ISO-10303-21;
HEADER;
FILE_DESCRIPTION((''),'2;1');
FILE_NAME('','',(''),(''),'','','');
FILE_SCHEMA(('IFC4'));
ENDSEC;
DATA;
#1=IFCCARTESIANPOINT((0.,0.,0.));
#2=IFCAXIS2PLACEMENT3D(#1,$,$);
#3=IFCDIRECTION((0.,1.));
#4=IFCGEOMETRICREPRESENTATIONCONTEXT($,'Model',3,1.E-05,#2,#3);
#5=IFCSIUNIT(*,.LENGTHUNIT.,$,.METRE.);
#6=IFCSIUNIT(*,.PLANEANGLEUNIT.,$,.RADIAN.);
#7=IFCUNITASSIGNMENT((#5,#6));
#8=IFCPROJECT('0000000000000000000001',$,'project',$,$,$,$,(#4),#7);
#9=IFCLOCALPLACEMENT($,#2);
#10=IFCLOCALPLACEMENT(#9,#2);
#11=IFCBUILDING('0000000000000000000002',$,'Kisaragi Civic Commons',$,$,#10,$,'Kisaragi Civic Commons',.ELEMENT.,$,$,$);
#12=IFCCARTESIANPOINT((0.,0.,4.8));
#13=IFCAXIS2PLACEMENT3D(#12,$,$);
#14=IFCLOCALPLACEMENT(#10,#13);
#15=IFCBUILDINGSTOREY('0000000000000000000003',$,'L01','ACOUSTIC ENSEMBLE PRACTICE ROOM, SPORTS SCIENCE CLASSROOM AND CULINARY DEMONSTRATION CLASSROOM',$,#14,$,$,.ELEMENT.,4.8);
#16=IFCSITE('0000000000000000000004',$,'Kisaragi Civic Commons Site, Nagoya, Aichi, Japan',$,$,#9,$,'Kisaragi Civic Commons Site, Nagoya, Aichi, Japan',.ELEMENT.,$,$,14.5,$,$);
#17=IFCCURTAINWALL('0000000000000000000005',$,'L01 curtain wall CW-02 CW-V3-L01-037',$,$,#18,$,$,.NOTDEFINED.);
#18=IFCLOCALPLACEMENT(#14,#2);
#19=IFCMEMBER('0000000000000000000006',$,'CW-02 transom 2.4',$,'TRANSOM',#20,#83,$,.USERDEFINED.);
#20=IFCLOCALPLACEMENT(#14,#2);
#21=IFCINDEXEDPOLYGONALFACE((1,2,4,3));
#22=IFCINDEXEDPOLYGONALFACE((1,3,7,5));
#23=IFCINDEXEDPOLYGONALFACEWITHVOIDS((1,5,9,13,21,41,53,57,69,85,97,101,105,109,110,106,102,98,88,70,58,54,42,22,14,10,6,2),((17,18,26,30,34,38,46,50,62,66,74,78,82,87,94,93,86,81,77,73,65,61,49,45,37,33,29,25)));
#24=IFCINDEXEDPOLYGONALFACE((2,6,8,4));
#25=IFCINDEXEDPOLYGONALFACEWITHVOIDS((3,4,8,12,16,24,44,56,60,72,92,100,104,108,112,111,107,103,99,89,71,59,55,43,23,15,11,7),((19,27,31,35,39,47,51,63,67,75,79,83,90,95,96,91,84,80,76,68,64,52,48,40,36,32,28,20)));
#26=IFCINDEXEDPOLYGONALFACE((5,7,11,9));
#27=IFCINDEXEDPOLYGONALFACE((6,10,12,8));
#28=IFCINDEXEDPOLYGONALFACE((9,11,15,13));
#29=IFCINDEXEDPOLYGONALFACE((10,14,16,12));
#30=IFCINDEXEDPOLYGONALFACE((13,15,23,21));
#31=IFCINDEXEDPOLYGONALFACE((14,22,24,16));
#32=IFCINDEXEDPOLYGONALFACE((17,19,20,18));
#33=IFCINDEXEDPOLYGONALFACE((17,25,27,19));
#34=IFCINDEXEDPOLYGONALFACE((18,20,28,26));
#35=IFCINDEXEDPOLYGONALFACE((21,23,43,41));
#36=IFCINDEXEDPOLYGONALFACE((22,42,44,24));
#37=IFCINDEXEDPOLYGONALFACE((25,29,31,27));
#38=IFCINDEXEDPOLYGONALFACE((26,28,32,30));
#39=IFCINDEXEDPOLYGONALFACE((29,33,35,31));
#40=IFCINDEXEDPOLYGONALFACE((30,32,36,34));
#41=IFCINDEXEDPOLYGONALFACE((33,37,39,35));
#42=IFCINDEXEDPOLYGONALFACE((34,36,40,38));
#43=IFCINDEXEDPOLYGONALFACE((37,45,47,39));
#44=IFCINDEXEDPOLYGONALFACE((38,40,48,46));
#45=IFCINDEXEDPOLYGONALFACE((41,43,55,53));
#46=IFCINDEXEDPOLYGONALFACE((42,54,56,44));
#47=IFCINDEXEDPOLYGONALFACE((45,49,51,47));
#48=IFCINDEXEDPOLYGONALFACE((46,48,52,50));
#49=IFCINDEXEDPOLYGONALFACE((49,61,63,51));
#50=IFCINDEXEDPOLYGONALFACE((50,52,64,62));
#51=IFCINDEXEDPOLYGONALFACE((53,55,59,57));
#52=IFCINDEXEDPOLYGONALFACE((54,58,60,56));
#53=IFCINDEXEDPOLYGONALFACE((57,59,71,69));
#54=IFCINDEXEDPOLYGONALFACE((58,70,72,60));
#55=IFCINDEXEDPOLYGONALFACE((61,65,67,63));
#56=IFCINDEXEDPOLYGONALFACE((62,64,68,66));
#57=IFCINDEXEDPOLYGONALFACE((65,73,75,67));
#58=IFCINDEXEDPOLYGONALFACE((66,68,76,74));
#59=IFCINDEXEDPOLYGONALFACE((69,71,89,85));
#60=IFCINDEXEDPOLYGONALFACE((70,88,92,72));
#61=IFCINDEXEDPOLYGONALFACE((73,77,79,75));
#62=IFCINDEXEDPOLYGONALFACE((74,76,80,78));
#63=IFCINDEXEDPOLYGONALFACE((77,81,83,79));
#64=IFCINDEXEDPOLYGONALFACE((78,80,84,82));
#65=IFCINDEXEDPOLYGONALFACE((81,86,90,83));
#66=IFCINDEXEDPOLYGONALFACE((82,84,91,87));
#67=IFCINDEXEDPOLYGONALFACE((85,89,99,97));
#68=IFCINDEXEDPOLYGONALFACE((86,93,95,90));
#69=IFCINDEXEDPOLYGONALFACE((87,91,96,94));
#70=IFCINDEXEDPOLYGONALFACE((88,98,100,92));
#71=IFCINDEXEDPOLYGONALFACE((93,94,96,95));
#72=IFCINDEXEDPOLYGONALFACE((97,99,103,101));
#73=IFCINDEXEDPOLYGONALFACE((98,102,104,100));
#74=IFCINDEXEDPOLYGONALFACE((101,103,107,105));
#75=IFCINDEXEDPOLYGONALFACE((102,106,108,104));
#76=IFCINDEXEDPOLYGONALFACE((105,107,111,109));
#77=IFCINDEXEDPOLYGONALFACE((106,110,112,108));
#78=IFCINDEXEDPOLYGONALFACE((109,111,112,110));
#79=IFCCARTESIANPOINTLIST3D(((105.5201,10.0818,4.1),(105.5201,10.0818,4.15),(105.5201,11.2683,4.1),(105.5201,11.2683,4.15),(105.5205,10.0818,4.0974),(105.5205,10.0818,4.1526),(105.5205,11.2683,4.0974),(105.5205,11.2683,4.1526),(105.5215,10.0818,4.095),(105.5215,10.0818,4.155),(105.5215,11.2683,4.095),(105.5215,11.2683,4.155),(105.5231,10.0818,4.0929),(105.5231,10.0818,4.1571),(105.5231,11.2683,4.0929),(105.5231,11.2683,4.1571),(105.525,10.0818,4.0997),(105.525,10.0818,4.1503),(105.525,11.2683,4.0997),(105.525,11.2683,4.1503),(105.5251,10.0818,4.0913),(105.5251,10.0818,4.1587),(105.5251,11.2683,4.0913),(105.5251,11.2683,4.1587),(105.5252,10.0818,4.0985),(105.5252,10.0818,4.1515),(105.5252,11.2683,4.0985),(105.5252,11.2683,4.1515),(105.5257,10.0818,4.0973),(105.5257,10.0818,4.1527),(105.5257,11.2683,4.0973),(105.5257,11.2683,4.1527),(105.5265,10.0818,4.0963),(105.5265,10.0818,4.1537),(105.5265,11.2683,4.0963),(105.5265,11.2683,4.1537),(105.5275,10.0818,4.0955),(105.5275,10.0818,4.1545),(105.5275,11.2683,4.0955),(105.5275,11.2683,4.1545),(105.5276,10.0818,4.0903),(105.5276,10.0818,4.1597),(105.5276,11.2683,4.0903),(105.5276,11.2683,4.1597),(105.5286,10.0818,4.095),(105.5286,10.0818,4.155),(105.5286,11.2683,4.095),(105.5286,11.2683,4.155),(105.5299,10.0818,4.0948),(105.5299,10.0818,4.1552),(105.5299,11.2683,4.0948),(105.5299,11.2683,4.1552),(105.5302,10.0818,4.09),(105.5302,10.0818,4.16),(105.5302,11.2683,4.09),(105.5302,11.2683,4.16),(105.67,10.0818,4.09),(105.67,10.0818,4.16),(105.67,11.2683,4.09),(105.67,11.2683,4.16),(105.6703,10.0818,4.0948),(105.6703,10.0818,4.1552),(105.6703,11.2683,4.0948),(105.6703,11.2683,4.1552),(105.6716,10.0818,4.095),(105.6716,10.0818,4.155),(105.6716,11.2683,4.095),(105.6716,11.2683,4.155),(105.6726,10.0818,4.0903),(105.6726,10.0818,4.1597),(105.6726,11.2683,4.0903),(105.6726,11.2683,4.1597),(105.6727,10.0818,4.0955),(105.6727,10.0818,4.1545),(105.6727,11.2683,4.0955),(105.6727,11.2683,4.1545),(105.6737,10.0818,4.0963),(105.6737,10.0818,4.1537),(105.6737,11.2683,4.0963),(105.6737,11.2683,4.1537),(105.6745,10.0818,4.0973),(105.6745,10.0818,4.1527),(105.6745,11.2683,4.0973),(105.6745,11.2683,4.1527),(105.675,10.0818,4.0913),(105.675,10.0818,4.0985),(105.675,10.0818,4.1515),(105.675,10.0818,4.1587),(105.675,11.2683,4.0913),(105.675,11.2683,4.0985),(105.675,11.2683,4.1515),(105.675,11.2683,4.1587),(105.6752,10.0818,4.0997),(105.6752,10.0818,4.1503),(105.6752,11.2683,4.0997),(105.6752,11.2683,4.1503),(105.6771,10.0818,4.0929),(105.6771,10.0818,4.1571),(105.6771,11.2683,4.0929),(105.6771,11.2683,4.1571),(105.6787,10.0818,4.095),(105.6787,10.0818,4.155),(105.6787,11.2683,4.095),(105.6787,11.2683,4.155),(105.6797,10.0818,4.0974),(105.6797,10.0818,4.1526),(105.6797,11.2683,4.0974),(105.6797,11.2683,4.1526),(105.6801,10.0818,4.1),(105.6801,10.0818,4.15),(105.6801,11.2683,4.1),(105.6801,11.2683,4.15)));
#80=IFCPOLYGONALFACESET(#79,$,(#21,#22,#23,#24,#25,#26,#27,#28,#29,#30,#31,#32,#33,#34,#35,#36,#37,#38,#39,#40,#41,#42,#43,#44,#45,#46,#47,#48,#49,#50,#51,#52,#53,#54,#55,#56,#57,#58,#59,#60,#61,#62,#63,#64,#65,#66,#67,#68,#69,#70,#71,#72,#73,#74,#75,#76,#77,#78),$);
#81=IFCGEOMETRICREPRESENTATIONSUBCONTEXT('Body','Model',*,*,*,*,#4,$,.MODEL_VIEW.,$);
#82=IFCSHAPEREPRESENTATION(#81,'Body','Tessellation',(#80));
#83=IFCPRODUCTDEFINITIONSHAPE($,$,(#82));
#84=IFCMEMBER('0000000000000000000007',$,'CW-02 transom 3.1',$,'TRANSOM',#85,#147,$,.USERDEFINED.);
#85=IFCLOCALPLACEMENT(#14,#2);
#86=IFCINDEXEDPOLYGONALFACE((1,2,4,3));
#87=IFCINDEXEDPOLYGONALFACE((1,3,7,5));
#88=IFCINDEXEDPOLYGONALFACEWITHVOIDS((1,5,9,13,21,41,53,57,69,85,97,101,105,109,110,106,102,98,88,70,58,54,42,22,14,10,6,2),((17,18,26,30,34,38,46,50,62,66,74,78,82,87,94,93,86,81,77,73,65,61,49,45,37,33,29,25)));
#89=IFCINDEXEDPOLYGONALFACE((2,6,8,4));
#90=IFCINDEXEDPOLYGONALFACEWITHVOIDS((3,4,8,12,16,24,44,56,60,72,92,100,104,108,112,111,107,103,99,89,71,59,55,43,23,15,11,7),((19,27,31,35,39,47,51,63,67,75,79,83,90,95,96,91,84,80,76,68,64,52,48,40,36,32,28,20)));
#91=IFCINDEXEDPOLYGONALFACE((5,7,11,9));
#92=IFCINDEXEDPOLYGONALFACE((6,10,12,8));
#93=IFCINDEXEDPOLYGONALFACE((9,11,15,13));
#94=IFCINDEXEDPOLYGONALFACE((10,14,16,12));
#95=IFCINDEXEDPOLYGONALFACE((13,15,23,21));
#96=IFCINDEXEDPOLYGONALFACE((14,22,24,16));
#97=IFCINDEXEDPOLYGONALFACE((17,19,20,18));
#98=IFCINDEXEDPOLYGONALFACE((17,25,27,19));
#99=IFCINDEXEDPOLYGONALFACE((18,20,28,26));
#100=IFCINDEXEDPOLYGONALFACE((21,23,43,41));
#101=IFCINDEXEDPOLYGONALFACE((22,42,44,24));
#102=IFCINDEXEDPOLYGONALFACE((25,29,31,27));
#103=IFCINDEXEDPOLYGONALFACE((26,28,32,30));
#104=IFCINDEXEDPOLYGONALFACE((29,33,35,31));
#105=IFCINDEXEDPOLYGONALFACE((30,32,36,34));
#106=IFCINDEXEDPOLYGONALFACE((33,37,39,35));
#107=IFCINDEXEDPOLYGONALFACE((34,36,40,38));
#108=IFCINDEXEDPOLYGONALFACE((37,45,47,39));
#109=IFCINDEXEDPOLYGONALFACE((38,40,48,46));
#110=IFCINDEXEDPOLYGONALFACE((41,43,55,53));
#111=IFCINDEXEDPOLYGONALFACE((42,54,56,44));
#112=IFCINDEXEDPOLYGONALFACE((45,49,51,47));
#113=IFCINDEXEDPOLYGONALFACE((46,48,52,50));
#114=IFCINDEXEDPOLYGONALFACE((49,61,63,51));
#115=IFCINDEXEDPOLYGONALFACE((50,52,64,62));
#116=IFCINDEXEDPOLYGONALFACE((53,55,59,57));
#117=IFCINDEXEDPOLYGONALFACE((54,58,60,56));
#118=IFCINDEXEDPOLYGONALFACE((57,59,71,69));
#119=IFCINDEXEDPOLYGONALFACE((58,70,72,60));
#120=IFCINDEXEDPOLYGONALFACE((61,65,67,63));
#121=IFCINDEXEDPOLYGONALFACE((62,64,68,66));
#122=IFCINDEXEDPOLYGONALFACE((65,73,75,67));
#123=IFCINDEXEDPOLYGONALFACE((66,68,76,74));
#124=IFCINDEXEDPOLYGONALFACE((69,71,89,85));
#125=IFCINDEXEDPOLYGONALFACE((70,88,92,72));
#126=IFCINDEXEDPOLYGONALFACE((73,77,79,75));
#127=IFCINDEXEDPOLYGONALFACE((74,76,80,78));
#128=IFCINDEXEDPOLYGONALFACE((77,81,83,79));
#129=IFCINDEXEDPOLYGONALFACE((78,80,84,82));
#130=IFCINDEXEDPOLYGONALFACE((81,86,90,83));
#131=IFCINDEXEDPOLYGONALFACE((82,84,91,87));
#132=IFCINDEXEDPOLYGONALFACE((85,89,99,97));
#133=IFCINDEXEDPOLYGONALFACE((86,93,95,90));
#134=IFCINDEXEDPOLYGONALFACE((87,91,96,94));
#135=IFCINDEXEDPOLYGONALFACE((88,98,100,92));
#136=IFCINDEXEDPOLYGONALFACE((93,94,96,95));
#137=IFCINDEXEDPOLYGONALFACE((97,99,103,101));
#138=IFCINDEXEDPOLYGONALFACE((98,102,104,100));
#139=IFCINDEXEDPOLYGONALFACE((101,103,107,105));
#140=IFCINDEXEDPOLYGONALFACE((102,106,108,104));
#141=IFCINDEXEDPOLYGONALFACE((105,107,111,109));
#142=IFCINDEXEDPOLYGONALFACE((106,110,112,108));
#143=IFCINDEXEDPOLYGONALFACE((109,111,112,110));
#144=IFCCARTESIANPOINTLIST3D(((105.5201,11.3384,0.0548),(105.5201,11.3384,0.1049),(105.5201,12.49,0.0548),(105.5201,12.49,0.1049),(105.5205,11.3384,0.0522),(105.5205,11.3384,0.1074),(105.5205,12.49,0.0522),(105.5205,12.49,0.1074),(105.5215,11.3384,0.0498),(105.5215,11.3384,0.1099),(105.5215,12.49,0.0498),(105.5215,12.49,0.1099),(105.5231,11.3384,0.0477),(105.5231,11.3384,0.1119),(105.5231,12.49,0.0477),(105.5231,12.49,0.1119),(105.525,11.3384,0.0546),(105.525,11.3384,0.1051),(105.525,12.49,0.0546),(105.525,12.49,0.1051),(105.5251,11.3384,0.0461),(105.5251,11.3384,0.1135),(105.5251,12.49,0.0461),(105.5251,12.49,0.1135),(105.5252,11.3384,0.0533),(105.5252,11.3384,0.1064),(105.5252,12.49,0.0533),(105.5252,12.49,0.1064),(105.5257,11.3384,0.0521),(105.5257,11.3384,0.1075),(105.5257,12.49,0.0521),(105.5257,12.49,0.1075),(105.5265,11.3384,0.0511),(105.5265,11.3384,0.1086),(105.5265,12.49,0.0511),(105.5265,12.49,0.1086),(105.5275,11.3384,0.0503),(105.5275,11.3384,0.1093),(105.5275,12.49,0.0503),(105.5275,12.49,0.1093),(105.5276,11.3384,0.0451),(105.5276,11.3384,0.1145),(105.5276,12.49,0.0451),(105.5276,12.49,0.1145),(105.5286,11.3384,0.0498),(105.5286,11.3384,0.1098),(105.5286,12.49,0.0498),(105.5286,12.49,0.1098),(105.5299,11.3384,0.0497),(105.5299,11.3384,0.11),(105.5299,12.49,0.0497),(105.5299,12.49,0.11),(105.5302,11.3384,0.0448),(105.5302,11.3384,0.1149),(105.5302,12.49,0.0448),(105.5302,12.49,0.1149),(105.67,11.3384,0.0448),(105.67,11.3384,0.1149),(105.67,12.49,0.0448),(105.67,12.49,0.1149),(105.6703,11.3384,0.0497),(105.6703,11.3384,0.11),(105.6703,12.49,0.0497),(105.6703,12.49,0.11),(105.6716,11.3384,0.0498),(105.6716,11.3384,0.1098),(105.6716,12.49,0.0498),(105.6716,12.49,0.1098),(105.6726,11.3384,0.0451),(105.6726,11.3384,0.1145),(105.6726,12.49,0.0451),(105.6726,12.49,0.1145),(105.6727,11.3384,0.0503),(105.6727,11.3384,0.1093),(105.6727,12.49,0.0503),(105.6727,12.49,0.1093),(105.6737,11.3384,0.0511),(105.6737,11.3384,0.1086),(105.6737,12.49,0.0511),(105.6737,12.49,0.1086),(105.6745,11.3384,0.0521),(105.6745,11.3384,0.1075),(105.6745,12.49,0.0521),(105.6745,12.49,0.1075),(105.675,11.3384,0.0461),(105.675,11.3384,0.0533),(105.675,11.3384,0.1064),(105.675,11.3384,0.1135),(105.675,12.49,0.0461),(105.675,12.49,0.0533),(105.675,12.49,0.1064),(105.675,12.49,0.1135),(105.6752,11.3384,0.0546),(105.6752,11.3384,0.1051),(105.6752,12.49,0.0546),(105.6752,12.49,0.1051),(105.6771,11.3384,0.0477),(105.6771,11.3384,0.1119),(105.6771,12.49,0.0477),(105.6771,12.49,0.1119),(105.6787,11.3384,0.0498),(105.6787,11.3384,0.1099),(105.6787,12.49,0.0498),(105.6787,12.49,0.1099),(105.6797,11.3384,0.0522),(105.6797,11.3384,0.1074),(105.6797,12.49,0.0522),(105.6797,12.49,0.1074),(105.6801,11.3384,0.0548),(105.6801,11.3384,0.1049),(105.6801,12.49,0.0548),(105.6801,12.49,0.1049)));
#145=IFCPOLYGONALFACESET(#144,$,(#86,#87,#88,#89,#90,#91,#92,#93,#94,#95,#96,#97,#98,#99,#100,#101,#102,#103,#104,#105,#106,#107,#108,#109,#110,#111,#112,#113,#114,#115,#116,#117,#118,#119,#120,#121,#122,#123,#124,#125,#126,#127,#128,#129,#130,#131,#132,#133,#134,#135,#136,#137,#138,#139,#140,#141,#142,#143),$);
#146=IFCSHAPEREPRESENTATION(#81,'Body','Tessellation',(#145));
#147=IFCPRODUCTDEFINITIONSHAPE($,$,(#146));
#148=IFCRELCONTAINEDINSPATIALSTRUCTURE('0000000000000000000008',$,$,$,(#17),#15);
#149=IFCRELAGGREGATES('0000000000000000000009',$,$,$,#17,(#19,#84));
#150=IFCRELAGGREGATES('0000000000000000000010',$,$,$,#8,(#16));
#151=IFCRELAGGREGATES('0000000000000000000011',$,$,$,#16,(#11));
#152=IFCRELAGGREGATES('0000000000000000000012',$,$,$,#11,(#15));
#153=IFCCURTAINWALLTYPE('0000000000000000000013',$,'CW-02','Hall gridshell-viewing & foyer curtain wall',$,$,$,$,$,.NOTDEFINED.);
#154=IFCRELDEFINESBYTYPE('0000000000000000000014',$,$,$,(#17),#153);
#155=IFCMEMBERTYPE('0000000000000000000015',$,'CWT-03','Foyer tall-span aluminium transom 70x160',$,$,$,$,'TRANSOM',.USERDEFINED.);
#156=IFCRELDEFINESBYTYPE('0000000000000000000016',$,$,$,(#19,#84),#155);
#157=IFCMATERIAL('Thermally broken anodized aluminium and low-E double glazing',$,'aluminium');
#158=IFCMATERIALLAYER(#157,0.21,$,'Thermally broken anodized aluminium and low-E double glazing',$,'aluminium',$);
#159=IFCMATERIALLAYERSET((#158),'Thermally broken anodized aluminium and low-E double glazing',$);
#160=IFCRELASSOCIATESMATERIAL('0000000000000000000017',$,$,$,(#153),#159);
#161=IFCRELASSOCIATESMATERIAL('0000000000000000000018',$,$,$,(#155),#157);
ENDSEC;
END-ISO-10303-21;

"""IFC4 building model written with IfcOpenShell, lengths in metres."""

from ifc_helpers import new_model, si_unit, direction, frame, origin, origin_2d, place, context, subcontext, project, spatial, hollow_rectangle, extrude, material, layer, layer_set, material_profile, profile_set, type_object, element, aggregate, save


model = new_model("IFC4")

# Units and contexts
model_context = context("Model", 3, precision=1e-05, world=origin(), true_north=direction((0.0, 1.0)))
body_context = subcontext(model_context, "Body", "Model", "MODEL_VIEW")
ifc_project = project(units=[si_unit("LENGTHUNIT", "METRE"), si_unit("PLANEANGLEUNIT", "RADIAN")], contexts=[model_context])

# Site, building, storey
site_placement = place(None, origin())
site = spatial("IfcSite", under=ifc_project, at=site_placement, Name="Kisaragi Civic Commons Site, Nagoya, Aichi, Japan", LongName="Kisaragi Civic Commons Site, Nagoya, Aichi, Japan", CompositionType="ELEMENT", RefElevation=14.5)
building_placement = place(site_placement, origin())
building = spatial("IfcBuilding", under=site, at=building_placement, Name="Kisaragi Civic Commons", LongName="Kisaragi Civic Commons", CompositionType="ELEMENT")
storey_placement = place(building_placement, frame((0.0, 0.0, 4.8)))
storey = spatial("IfcBuildingStorey", under=building, at=storey_placement, Name="L01", Description="ACOUSTIC ENSEMBLE PRACTICE ROOM, SPORTS SCIENCE CLASSROOM AND CULINARY DEMONSTRATION CLASSROOM", CompositionType="ELEMENT", Elevation=4.8)

# Curtain wall, members
ifc_material = material(Name="Thermally broken anodized aluminium and low-E double glazing", Category="aluminium")
ifc_layer_1 = layer(ifc_material, 0.21, Name="Thermally broken anodized aluminium and low-E double glazing", Category="aluminium")
ifc_layer_set_1 = layer_set([ifc_layer_1], Name="Thermally broken anodized aluminium and low-E double glazing")
curtain_wall_type = type_object("IfcCurtainWallType", Name="CW-02", Description="Hall gridshell-viewing & foyer curtain wall", PredefinedType="NOTDEFINED", material=ifc_layer_set_1)
curtain_wall_placement = place(storey_placement, origin())
curtain_wall = element("IfcCurtainWall", 1, at=curtain_wall_placement, inside=storey, type_object=curtain_wall_type, Name="L01 curtain wall CW-02 CW-V3-L01-037", PredefinedType="NOTDEFINED")
ifc_material_profile_1 = material_profile(ifc_material, hollow_rectangle(XDim=0.1599, YDim=0.0701, WallThickness=0.0049, InnerFilletRadius=0.0049, OuterFilletRadius=0.01, at=origin_2d()), Name="CWT-70x160x5", Category="aluminium")
ifc_profile_set_1 = profile_set([ifc_material_profile_1], Name="Thermally broken anodized aluminium and low-E double glazing")
member_type_1 = type_object("IfcMemberType", Name="CWT-03", Description="Foyer tall-span aluminium transom 70x160", ElementType="TRANSOM", PredefinedType="USERDEFINED", material=ifc_profile_set_1)
member_1_placement = place(storey_placement, frame((105.6001, 10.0818, 4.125), z_axis=(0.0, 1.0, 0.0), x_axis=(-1.0, 0.0, 0.0)))
member_1 = element("IfcMember", 2, at=member_1_placement, type_object=member_type_1, Name="CW-02 transom 2.4", ObjectType="TRANSOM", PredefinedType="USERDEFINED", context=body_context, shape_type="SweptSolid", body=[
    extrude(hollow_rectangle(XDim=0.1599, YDim=0.0701, WallThickness=0.0049, InnerFilletRadius=0.0049, OuterFilletRadius=0.01, at=origin_2d()), origin(), (0.0, 0.0, 1.0), 1.1865),
])
member_2_placement = place(storey_placement, frame((105.6001, 11.3384, 0.0798), z_axis=(0.0, 1.0, 0.0), x_axis=(-1.0, 0.0, 0.0)))
member_2 = element("IfcMember", 3, at=member_2_placement, type_object=member_type_1, Name="CW-02 transom 3.1", ObjectType="TRANSOM", PredefinedType="USERDEFINED", context=body_context, shape_type="SweptSolid", body=[
    extrude(hollow_rectangle(XDim=0.1599, YDim=0.0701, WallThickness=0.0049, InnerFilletRadius=0.0049, OuterFilletRadius=0.01, at=origin_2d()), origin(), (0.0, 0.0, 1.0), 1.1516),
])
aggregate(curtain_wall, [member_1, member_2])

save(model, "model.ifc")
